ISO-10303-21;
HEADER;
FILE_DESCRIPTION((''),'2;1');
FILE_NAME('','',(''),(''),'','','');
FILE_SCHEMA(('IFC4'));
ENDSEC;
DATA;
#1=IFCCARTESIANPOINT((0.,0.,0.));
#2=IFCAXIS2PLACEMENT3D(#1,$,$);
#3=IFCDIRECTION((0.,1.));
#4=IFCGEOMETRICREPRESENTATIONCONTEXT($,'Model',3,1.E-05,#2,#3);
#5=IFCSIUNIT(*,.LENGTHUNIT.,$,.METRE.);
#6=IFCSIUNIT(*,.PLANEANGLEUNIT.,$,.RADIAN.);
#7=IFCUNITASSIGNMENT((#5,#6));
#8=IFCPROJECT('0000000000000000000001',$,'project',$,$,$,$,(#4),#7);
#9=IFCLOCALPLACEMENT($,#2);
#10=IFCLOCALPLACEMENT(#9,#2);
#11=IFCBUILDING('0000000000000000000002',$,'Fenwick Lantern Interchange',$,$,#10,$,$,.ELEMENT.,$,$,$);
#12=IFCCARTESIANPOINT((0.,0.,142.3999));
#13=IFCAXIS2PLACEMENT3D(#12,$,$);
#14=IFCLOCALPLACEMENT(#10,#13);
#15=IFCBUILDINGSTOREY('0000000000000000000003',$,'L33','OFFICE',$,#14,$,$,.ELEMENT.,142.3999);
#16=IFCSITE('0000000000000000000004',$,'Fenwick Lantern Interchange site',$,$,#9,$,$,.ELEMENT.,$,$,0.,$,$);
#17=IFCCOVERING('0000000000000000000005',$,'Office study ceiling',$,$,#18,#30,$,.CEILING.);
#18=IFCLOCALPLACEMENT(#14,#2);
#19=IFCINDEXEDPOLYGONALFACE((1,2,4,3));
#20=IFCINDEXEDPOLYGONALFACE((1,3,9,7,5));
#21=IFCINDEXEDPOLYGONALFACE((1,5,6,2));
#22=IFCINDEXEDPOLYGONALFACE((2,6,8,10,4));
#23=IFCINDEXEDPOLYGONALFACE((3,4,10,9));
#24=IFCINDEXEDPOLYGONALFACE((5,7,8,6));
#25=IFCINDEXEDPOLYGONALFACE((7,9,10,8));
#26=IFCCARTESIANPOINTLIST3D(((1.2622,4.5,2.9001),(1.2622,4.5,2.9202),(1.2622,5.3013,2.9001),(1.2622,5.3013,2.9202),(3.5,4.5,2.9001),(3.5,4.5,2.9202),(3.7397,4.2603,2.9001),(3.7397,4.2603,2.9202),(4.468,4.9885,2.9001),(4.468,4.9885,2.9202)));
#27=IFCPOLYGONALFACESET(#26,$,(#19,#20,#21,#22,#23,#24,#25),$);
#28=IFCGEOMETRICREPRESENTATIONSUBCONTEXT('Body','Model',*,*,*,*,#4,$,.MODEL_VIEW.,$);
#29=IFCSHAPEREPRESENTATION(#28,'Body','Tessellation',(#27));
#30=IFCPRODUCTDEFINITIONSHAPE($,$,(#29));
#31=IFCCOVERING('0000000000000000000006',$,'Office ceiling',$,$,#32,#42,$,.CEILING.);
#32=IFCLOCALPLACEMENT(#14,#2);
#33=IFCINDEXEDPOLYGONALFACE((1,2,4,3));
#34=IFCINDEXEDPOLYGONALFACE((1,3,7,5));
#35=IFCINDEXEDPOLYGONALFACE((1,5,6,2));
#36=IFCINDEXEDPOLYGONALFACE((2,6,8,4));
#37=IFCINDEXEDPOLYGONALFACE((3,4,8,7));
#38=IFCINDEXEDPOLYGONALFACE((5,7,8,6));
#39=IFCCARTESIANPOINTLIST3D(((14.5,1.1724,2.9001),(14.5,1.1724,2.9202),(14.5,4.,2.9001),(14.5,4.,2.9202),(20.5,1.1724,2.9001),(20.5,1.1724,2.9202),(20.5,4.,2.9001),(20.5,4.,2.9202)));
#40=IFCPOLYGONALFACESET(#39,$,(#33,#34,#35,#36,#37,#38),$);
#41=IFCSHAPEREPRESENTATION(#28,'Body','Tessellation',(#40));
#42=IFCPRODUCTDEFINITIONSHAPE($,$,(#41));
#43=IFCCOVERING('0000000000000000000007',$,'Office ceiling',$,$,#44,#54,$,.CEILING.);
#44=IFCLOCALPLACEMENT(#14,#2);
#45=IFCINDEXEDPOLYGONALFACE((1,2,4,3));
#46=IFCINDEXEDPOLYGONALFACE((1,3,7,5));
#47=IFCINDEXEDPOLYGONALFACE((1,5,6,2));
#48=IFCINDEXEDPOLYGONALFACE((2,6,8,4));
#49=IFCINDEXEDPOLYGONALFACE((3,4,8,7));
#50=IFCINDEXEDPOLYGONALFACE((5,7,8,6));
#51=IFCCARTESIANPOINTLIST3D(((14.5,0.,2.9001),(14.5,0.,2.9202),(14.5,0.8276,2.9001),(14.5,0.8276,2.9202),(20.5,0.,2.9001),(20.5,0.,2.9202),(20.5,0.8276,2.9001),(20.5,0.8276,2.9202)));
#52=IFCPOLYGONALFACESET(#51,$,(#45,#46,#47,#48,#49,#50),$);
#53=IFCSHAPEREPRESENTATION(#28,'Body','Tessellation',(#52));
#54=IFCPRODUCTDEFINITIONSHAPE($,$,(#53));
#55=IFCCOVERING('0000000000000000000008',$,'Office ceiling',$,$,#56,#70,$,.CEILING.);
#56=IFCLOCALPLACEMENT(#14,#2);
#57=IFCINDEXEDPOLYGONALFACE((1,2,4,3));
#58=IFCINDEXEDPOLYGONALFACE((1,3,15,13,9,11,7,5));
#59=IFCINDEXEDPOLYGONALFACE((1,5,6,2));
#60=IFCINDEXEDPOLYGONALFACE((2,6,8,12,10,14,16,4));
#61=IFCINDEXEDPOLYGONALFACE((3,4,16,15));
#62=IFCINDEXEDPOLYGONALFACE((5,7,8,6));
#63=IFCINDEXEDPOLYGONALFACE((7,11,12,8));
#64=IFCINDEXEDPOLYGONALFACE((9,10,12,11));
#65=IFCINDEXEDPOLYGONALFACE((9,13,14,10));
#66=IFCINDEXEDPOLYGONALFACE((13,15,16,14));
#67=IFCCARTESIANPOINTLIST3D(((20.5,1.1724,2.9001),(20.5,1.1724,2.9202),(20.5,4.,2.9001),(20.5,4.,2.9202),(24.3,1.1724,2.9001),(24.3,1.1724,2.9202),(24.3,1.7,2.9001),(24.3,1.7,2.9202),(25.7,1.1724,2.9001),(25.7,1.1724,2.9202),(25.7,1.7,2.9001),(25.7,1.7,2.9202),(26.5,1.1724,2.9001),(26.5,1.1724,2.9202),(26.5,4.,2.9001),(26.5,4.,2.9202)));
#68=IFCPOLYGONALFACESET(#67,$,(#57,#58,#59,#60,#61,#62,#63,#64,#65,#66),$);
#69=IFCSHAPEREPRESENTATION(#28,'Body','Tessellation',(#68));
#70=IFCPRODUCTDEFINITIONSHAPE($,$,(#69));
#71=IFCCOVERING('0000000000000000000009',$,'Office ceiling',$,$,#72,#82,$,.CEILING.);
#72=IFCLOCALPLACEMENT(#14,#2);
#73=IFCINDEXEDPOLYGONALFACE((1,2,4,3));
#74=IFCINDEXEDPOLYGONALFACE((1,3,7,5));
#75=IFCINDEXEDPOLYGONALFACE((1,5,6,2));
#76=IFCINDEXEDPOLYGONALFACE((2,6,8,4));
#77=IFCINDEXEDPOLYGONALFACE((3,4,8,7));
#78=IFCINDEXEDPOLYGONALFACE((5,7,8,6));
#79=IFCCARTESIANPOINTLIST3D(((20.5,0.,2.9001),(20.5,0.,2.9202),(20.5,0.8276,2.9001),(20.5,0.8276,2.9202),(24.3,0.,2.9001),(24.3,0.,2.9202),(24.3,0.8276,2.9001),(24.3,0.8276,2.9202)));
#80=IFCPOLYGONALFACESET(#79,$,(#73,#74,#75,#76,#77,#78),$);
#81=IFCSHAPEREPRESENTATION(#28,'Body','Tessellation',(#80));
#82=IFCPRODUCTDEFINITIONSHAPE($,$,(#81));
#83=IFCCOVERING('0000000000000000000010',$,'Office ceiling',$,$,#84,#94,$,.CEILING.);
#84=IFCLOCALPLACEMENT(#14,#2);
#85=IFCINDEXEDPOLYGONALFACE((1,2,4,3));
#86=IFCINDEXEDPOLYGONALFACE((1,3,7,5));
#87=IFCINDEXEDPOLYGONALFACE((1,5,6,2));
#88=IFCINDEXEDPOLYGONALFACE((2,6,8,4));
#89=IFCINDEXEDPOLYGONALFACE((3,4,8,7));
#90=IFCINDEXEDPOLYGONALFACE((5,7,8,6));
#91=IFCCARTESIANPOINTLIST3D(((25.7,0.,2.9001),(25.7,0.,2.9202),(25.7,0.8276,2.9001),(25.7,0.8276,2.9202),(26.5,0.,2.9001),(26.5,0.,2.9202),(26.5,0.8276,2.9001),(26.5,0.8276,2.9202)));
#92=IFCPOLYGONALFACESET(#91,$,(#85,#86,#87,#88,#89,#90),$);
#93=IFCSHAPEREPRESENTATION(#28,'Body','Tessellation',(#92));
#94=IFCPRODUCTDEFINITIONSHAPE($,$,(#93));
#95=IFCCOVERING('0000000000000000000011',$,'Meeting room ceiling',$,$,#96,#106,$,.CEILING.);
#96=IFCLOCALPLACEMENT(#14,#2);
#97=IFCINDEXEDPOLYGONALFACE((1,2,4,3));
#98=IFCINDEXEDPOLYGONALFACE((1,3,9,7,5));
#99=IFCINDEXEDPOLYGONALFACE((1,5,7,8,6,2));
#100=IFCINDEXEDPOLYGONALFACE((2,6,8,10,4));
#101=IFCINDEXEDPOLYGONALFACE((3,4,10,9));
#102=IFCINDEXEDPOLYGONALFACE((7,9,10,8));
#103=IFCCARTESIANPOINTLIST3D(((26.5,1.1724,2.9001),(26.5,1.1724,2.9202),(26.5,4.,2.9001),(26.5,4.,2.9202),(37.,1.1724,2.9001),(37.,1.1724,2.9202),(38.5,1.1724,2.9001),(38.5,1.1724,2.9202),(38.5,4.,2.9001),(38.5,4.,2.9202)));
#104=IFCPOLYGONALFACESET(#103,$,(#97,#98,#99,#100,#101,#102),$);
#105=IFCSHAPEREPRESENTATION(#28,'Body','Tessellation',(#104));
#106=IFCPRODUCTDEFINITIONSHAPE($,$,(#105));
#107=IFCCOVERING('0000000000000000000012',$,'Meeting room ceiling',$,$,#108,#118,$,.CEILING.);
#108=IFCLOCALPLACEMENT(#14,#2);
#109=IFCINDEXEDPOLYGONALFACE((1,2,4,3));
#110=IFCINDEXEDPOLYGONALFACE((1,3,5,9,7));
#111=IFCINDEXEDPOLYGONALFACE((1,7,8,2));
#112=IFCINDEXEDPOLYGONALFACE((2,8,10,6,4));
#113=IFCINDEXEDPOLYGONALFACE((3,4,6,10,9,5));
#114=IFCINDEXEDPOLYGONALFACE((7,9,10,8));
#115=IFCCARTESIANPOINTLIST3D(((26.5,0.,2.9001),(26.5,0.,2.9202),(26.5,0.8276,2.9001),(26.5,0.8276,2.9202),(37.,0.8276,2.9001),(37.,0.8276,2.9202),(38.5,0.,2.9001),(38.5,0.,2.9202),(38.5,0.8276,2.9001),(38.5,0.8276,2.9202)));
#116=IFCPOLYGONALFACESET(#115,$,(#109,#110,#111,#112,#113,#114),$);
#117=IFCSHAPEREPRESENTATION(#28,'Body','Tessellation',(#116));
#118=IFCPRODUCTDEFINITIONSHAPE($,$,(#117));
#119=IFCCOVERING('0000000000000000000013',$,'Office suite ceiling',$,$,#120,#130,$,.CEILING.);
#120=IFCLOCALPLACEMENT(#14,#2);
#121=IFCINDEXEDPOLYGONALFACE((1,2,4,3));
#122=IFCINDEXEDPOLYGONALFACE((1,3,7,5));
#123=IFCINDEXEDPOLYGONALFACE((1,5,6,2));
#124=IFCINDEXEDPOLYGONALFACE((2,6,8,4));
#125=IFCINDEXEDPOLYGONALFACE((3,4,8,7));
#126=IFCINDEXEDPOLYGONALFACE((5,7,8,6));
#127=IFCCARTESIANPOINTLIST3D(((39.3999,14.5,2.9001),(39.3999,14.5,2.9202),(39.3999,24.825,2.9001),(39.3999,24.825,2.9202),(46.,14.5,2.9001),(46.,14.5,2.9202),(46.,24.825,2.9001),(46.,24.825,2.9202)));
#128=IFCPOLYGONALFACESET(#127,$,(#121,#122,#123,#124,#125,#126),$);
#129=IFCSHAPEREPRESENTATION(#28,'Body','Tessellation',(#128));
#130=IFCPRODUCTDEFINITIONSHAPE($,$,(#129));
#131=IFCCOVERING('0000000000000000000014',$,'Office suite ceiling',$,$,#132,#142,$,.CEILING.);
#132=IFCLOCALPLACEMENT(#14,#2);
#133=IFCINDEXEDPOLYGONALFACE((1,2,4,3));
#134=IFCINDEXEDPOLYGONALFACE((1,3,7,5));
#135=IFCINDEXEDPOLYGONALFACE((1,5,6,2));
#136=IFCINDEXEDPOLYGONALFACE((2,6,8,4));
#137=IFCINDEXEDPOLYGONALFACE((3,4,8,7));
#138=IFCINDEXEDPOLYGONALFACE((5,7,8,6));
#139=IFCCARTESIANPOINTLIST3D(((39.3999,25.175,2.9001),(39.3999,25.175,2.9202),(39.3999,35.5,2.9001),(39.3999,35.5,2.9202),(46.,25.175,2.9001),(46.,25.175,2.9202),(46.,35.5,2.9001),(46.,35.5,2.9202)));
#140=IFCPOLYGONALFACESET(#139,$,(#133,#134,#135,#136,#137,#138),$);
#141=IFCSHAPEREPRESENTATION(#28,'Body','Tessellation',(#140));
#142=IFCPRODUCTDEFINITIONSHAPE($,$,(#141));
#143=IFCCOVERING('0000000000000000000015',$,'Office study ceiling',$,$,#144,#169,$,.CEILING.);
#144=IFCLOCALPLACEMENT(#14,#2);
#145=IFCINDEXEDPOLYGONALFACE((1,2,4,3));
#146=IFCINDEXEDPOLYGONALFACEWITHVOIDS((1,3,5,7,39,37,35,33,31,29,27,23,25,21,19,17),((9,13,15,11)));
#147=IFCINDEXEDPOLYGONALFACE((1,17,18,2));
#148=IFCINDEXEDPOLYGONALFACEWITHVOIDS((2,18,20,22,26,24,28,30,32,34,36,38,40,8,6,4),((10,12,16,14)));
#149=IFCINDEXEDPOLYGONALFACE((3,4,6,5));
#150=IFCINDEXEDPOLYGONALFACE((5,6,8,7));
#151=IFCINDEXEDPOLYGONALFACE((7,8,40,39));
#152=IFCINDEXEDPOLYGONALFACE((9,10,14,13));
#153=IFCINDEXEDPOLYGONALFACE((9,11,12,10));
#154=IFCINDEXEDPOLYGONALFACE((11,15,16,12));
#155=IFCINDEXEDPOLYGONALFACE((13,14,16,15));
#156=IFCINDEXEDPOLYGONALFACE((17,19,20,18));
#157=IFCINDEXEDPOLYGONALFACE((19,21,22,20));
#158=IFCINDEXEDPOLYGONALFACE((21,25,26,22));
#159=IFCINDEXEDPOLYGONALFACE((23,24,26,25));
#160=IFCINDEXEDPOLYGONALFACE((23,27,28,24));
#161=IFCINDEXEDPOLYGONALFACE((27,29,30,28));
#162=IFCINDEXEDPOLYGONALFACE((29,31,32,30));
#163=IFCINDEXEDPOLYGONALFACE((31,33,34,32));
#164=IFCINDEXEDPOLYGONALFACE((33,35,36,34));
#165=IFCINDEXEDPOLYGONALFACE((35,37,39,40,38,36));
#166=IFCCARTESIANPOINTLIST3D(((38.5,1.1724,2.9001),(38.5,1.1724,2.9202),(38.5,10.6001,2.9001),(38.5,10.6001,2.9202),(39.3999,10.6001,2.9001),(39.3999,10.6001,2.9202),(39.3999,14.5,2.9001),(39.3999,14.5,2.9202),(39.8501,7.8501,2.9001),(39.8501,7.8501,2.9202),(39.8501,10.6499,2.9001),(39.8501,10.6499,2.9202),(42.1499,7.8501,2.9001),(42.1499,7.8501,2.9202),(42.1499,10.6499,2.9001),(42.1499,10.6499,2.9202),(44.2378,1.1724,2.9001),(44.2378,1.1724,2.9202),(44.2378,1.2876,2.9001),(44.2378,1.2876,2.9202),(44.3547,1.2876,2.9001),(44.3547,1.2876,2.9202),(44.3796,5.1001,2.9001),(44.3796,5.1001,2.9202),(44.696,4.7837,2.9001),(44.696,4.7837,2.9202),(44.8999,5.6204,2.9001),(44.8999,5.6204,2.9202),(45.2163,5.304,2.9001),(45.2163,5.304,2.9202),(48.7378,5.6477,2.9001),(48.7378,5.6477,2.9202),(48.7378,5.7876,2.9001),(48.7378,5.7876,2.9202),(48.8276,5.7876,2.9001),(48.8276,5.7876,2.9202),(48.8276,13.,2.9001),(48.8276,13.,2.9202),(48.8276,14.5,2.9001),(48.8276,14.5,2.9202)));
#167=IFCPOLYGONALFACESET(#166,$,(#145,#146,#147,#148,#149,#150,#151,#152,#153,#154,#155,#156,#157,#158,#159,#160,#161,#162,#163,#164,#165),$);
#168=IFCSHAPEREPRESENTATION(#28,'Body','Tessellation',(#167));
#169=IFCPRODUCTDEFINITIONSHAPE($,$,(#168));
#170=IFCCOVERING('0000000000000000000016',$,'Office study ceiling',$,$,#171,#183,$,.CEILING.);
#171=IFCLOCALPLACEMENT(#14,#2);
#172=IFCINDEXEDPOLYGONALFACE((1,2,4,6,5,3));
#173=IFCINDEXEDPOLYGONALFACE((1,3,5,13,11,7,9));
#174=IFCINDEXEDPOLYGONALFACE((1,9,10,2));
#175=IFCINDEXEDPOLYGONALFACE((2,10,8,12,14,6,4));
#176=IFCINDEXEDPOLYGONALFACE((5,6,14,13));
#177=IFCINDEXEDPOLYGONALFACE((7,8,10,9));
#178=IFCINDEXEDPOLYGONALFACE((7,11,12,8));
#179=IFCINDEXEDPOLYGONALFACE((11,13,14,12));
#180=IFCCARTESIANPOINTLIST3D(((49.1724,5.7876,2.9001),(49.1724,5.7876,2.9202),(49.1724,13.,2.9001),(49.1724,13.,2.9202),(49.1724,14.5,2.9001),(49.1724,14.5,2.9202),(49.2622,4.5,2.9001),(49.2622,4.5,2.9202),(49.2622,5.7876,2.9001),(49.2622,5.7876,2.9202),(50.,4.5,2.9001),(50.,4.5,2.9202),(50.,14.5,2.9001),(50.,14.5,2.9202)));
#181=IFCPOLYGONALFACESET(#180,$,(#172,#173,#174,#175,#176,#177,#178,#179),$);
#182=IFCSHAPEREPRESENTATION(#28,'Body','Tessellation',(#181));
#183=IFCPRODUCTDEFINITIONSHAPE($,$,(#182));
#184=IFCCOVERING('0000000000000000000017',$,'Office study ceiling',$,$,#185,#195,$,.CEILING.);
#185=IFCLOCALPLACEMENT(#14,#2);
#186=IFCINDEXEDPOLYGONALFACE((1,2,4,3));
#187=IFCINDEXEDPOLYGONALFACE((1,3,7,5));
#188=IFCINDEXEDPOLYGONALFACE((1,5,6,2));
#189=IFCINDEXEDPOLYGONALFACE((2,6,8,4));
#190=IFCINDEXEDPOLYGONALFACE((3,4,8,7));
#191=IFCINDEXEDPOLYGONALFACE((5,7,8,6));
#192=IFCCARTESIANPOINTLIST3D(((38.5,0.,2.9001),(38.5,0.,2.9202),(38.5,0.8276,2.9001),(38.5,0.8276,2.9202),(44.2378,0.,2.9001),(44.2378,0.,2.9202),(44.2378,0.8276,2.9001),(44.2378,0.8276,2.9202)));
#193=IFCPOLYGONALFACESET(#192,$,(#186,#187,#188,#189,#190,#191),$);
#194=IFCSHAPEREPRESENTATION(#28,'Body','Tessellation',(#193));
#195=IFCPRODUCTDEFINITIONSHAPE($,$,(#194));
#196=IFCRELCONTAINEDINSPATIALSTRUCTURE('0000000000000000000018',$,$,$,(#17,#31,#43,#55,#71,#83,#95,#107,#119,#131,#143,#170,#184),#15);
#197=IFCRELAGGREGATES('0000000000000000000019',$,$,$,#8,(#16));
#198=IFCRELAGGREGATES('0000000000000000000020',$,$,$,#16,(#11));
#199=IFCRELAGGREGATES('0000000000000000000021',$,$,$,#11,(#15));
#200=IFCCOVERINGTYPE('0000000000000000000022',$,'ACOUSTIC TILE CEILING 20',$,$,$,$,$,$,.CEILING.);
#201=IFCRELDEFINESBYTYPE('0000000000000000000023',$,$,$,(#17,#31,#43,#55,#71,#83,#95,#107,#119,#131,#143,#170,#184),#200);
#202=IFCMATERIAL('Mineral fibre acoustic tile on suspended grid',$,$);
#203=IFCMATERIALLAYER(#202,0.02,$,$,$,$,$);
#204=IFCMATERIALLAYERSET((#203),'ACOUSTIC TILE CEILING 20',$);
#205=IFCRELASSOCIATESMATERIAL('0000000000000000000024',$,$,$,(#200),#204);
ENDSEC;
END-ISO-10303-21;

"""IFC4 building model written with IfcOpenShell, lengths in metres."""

from ifc_helpers import new_model, si_unit, direction, frame, origin, place, context, subcontext, project, spatial, polyline, outline, extrude, material, layer, layer_set, type_object, element, save


model = new_model("IFC4")

# Units and contexts
model_context = context("Model", 3, precision=1e-05, world=origin(), true_north=direction((0.0, 1.0)))
body_context = subcontext(model_context, "Body", "Model", "MODEL_VIEW")
ifc_project = project(units=[si_unit("LENGTHUNIT", "METRE"), si_unit("PLANEANGLEUNIT", "RADIAN")], contexts=[model_context])

# Site, building, storey
site_placement = place(None, origin())
site = spatial("IfcSite", under=ifc_project, at=site_placement, Name="Fenwick Lantern Interchange site", CompositionType="ELEMENT", RefElevation=0.0)
building_placement = place(site_placement, origin())
building = spatial("IfcBuilding", under=site, at=building_placement, Name="Fenwick Lantern Interchange", CompositionType="ELEMENT")
storey_placement = place(building_placement, frame((0.0, 0.0, 142.3999)))
storey = spatial("IfcBuildingStorey", under=building, at=storey_placement, Name="L33", Description="OFFICE", CompositionType="ELEMENT", Elevation=142.3999)

# Coverings
ifc_material = material(Name="Mineral fibre acoustic tile on suspended grid")
ifc_layer = layer(ifc_material, 0.02)
ifc_layer_set = layer_set([ifc_layer], Name="ACOUSTIC TILE CEILING 20")
covering_type = type_object("IfcCoveringType", Name="ACOUSTIC TILE CEILING 20", PredefinedType="CEILING", material=ifc_layer_set)
covering_1_placement = place(storey_placement, frame((0.0, 0.0, 2.9001)))
element("IfcCovering", 1, at=covering_1_placement, inside=storey, type_object=covering_type, Name="Office study ceiling", PredefinedType="CEILING", context=body_context, shape_type="SweptSolid", body=[
    extrude(outline(polyline([(3.7397, 4.2603), (4.468, 4.9885), (1.2622, 5.3013), (1.2622, 4.5), (3.5, 4.5), (3.7397, 4.2603)])), origin(), (0.0, 0.0, 1.0), 0.02),
])
covering_2_placement = place(storey_placement, frame((0.0, 0.0, 2.9001)))
element("IfcCovering", 2, at=covering_2_placement, inside=storey, type_object=covering_type, Name="Office ceiling", PredefinedType="CEILING", context=body_context, shape_type="SweptSolid", body=[
    extrude(outline(polyline([(14.5, 4.0), (14.5, 1.1724), (20.5, 1.1724), (20.5, 4.0), (14.5, 4.0)])), origin(), (0.0, 0.0, 1.0), 0.02),
])
covering_3_placement = place(storey_placement, frame((0.0, 0.0, 2.9001)))
element("IfcCovering", 3, at=covering_3_placement, inside=storey, type_object=covering_type, Name="Office ceiling", PredefinedType="CEILING", context=body_context, shape_type="SweptSolid", body=[
    extrude(outline(polyline([(20.5, 0.0), (20.5, 0.8276), (14.5, 0.8276), (14.5, 0.0), (20.5, 0.0)])), origin(), (0.0, 0.0, 1.0), 0.02),
])
covering_4_placement = place(storey_placement, frame((0.0, 0.0, 2.9001)))
element("IfcCovering", 4, at=covering_4_placement, inside=storey, type_object=covering_type, Name="Office ceiling", PredefinedType="CEILING", context=body_context, shape_type="SweptSolid", body=[
    extrude(outline(polyline([(20.5, 4.0), (20.5, 1.1724), (24.3, 1.1724), (24.3, 1.7), (25.7, 1.7), (25.7, 1.1724), (26.5, 1.1724), (26.5, 4.0), (20.5, 4.0)])), origin(), (0.0, 0.0, 1.0), 0.02),
])
covering_5_placement = place(storey_placement, frame((0.0, 0.0, 2.9001)))
element("IfcCovering", 5, at=covering_5_placement, inside=storey, type_object=covering_type, Name="Office ceiling", PredefinedType="CEILING", context=body_context, shape_type="SweptSolid", body=[
    extrude(outline(polyline([(20.5, 0.8276), (20.5, 0.0), (24.3, 0.0), (24.3, 0.8276), (20.5, 0.8276)])), origin(), (0.0, 0.0, 1.0), 0.02),
])
covering_6_placement = place(storey_placement, frame((0.0, 0.0, 2.9001)))
element("IfcCovering", 6, at=covering_6_placement, inside=storey, type_object=covering_type, Name="Office ceiling", PredefinedType="CEILING", context=body_context, shape_type="SweptSolid", body=[
    extrude(outline(polyline([(26.5, 0.0), (26.5, 0.8276), (25.7, 0.8276), (25.7, 0.0), (26.5, 0.0)])), origin(), (0.0, 0.0, 1.0), 0.02),
])
covering_7_placement = place(storey_placement, frame((0.0, 0.0, 2.9001)))
element("IfcCovering", 7, at=covering_7_placement, inside=storey, type_object=covering_type, Name="Meeting room ceiling", PredefinedType="CEILING", context=body_context, shape_type="SweptSolid", body=[
    extrude(outline(polyline([(26.5, 4.0), (26.5, 1.1724), (37.0, 1.1724), (38.5, 1.1724), (38.5, 4.0), (26.5, 4.0)])), origin(), (0.0, 0.0, 1.0), 0.02),
])
covering_8_placement = place(storey_placement, frame((0.0, 0.0, 2.9001)))
element("IfcCovering", 8, at=covering_8_placement, inside=storey, type_object=covering_type, Name="Meeting room ceiling", PredefinedType="CEILING", context=body_context, shape_type="SweptSolid", body=[
    extrude(outline(polyline([(26.5, 0.8276), (26.5, 0.0), (38.5, 0.0), (38.5, 0.8276), (37.0, 0.8276), (26.5, 0.8276)])), origin(), (0.0, 0.0, 1.0), 0.02),
])
covering_9_placement = place(storey_placement, frame((0.0, 0.0, 2.9001)))
element("IfcCovering", 9, at=covering_9_placement, inside=storey, type_object=covering_type, Name="Office suite ceiling", PredefinedType="CEILING", context=body_context, shape_type="SweptSolid", body=[
    extrude(outline(polyline([(39.3999, 24.825), (39.3999, 14.5), (46.0, 14.5), (46.0, 24.825), (39.3999, 24.825)])), origin(), (0.0, 0.0, 1.0), 0.02),
])
covering_10_placement = place(storey_placement, frame((0.0, 0.0, 2.9001)))
element("IfcCovering", 10, at=covering_10_placement, inside=storey, type_object=covering_type, Name="Office suite ceiling", PredefinedType="CEILING", context=body_context, shape_type="SweptSolid", body=[
    extrude(outline(polyline([(39.3999, 35.5), (39.3999, 25.175), (46.0, 25.175), (46.0, 35.5), (39.3999, 35.5)])), origin(), (0.0, 0.0, 1.0), 0.02),
])
covering_11_placement = place(storey_placement, frame((0.0, 0.0, 2.9001)))
element("IfcCovering", 11, at=covering_11_placement, inside=storey, type_object=covering_type, Name="Office study ceiling", PredefinedType="CEILING", context=body_context, shape_type="SweptSolid", body=[
    extrude(outline(polyline([(44.2378, 1.2876), (44.3547, 1.2876), (44.696, 4.7837), (44.3796, 5.1001), (44.8999, 5.6204), (45.2163, 5.304), (48.7378, 5.6477), (48.7378, 5.7876), (48.8276, 5.7876), (48.8276, 13.0), (48.8276, 14.5), (39.3999, 14.5), (39.3999, 10.6001), (38.5, 10.6001), (38.5, 1.1724), (44.2378, 1.1724), (44.2378, 1.2876)]), holes=[polyline([(39.8501, 7.8501), (39.8501, 10.6499), (42.1499, 10.6499), (42.1499, 7.8501), (39.8501, 7.8501)])]), origin(), (0.0, 0.0, 1.0), 0.02),
])
covering_12_placement = place(storey_placement, frame((0.0, 0.0, 2.9001)))
element("IfcCovering", 12, at=covering_12_placement, inside=storey, type_object=covering_type, Name="Office study ceiling", PredefinedType="CEILING", context=body_context, shape_type="SweptSolid", body=[
    extrude(outline(polyline([(50.0, 14.5), (49.1724, 14.5), (49.1724, 13.0), (49.1724, 5.7876), (49.2622, 5.7876), (49.2622, 4.5), (50.0, 4.5), (50.0, 14.5)])), origin(), (0.0, 0.0, 1.0), 0.02),
])
covering_13_placement = place(storey_placement, frame((0.0, 0.0, 2.9001)))
element("IfcCovering", 13, at=covering_13_placement, inside=storey, type_object=covering_type, Name="Office study ceiling", PredefinedType="CEILING", context=body_context, shape_type="SweptSolid", body=[
    extrude(outline(polyline([(44.2378, 0.0), (44.2378, 0.8276), (38.5, 0.8276), (38.5, 0.0), (44.2378, 0.0)])), origin(), (0.0, 0.0, 1.0), 0.02),
])

save(model, "model.ifc")
